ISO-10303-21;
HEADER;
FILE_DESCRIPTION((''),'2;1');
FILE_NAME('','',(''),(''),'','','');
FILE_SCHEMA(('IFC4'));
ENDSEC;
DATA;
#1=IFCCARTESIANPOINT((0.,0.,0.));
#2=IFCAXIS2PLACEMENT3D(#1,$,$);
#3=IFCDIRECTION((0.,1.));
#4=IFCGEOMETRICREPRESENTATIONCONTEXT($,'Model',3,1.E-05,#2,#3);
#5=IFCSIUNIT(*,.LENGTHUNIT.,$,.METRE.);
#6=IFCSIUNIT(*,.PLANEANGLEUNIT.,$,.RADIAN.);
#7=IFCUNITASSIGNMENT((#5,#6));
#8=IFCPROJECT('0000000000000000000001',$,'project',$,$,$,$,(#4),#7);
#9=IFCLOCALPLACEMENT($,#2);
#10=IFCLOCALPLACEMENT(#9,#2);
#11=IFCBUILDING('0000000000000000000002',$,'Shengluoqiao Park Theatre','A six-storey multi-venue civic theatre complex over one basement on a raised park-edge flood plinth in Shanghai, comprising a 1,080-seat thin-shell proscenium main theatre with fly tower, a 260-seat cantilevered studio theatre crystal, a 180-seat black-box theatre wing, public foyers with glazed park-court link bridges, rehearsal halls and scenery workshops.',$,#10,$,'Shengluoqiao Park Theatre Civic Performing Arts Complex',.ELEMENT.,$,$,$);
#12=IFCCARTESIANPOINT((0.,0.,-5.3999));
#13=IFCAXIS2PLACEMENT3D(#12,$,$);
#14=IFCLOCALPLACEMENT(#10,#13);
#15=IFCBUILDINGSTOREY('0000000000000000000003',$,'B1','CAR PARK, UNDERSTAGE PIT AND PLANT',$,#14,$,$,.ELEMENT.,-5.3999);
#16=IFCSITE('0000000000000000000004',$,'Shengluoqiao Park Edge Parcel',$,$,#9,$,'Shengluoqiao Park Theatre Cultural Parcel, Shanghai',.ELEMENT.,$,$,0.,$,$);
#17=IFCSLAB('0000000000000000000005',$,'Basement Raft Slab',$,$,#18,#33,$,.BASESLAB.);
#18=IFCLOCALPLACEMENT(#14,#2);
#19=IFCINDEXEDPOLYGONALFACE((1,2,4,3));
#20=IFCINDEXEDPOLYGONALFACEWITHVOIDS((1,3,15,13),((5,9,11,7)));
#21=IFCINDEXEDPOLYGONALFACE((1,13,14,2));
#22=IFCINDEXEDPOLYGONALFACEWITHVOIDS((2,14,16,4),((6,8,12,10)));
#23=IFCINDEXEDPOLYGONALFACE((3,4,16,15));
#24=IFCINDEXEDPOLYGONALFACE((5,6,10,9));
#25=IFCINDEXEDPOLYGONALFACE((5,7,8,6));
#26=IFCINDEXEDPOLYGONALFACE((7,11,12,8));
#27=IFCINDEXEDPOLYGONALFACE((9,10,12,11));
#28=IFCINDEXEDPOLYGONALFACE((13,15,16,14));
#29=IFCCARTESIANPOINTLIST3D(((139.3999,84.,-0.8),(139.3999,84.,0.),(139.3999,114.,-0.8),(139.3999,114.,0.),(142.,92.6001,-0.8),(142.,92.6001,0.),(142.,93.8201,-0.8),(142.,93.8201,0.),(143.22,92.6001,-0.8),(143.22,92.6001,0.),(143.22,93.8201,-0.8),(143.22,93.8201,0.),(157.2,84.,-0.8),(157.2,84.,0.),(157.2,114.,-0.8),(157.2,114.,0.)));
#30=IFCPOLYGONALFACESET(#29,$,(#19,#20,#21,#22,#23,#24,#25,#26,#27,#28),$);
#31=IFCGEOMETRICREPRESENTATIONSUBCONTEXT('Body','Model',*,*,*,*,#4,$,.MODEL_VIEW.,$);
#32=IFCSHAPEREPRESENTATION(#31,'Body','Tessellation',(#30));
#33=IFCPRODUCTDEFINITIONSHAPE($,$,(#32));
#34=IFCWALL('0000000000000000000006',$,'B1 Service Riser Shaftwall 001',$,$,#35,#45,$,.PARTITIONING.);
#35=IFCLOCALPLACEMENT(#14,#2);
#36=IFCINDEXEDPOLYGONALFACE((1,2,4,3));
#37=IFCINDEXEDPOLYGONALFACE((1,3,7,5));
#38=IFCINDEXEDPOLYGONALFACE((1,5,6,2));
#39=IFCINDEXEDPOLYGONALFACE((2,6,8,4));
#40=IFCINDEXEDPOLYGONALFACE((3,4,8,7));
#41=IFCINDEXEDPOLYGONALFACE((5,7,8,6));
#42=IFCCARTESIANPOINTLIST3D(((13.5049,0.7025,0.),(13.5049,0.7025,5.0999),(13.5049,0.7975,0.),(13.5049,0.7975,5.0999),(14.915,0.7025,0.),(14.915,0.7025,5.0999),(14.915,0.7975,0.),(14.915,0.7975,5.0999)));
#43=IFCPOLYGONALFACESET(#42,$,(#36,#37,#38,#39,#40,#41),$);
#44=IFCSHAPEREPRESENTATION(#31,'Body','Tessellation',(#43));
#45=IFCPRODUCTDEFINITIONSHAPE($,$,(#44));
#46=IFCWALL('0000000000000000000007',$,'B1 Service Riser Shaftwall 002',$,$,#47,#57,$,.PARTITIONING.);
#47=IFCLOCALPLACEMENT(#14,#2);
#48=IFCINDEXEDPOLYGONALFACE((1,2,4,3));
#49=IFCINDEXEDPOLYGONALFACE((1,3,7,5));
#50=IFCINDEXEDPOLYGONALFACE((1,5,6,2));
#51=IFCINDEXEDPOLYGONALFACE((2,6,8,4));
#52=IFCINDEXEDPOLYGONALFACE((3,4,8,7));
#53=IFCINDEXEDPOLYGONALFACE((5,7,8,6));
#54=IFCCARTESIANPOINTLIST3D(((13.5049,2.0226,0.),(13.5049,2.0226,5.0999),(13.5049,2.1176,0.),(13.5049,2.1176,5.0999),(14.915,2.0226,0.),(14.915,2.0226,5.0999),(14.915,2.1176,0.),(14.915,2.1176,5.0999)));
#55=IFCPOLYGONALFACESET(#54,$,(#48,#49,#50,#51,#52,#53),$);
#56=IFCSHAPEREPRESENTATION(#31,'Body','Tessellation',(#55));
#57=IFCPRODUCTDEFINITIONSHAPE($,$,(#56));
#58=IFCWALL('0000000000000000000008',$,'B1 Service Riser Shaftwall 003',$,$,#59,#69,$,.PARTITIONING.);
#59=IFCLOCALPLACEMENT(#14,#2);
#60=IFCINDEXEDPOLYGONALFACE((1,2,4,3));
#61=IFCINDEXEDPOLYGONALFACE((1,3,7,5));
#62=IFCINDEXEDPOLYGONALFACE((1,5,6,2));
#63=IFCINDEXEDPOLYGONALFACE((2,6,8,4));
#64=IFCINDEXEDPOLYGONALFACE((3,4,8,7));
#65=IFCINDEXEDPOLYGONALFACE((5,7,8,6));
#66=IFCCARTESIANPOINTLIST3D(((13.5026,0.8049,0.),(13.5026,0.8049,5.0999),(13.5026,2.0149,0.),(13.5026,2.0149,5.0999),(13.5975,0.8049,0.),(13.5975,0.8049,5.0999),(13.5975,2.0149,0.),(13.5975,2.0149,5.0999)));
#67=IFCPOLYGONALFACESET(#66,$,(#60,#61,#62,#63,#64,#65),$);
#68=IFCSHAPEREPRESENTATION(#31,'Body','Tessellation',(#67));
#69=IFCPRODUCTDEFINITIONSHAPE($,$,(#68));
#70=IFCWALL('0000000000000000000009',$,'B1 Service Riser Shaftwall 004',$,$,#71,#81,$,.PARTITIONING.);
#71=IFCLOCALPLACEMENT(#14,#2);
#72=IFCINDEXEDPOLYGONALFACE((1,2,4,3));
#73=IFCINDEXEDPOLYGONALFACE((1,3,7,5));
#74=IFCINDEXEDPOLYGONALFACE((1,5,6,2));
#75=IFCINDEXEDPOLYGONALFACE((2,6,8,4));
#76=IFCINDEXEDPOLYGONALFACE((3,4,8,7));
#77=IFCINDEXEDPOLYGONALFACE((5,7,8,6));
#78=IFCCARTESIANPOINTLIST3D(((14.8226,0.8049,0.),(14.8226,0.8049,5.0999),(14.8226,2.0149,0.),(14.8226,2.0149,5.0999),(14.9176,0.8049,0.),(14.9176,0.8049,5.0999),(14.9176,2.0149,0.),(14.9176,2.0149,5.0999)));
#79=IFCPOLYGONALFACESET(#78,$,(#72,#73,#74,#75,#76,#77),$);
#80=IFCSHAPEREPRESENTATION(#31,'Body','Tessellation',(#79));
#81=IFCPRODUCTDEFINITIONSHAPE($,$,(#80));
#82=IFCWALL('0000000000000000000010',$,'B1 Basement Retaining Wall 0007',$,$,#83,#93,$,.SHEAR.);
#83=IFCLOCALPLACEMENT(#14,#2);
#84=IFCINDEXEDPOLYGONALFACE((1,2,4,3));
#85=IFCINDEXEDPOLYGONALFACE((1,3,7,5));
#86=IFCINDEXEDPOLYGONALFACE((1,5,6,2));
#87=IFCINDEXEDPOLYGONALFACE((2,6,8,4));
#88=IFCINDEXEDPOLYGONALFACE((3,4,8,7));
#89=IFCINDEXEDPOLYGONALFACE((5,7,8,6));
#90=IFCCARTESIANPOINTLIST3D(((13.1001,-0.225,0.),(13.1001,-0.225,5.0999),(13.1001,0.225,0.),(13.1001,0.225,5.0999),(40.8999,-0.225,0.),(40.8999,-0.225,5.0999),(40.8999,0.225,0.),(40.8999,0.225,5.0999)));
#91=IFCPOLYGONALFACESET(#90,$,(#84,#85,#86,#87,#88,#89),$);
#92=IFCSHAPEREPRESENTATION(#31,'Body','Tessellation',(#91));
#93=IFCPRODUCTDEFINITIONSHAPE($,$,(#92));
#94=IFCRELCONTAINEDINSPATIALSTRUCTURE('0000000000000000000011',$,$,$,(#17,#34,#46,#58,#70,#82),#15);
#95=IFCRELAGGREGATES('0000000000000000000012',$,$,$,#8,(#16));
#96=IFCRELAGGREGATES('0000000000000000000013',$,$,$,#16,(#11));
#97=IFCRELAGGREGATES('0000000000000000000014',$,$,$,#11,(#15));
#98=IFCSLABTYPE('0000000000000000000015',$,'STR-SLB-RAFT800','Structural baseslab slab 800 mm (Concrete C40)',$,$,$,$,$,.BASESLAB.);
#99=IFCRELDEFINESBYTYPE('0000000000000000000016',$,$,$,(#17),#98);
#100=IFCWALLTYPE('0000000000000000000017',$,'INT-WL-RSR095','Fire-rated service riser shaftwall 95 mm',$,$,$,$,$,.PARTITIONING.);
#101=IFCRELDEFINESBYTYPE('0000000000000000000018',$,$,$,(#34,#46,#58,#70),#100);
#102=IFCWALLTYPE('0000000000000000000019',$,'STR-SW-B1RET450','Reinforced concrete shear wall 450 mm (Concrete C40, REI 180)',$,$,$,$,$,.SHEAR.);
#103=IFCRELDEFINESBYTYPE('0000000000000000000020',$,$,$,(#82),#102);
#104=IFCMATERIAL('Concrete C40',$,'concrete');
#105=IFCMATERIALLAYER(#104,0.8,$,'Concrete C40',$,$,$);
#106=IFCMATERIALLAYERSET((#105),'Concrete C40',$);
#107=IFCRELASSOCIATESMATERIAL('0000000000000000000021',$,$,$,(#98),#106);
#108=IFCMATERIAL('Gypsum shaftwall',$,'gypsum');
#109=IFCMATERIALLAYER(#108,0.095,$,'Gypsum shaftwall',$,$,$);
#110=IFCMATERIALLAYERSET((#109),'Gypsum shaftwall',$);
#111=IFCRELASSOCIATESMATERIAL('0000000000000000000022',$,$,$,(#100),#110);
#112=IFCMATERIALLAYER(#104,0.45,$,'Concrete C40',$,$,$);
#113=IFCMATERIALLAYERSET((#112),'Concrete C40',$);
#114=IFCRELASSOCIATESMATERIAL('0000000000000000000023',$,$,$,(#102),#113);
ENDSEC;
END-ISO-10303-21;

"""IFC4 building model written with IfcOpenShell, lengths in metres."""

from ifc_helpers import new_model, si_unit, direction, frame, frame_2d, origin, place, context, subcontext, project, spatial, polyline, rectangle, outline, extrude, material, layer, layer_set, type_object, element, save


model = new_model("IFC4")

# Units and contexts
model_context = context("Model", 3, precision=1e-05, world=origin(), true_north=direction((0.0, 1.0)))
body_context = subcontext(model_context, "Body", "Model", "MODEL_VIEW")
ifc_project = project(units=[si_unit("LENGTHUNIT", "METRE"), si_unit("PLANEANGLEUNIT", "RADIAN")], contexts=[model_context])

# Site, building, storey
site_placement = place(None, origin())
site = spatial("IfcSite", under=ifc_project, at=site_placement, Name="Shengluoqiao Park Edge Parcel", LongName="Shengluoqiao Park Theatre Cultural Parcel, Shanghai", CompositionType="ELEMENT", RefElevation=0.0)
building_placement = place(site_placement, origin())
building = spatial("IfcBuilding", under=site, at=building_placement, Name="Shengluoqiao Park Theatre", Description="A six-storey multi-venue civic theatre complex over one basement on a raised park-edge flood plinth in Shanghai, comprising a 1,080-seat thin-shell proscenium main theatre with fly tower, a 260-seat cantilevered studio theatre crystal, a 180-seat black-box theatre wing, public foyers with glazed park-court link bridges, rehearsal halls and scenery workshops.", LongName="Shengluoqiao Park Theatre Civic Performing Arts Complex", CompositionType="ELEMENT")
storey_placement = place(building_placement, frame((0.0, 0.0, -5.3999)))
storey = spatial("IfcBuildingStorey", under=building, at=storey_placement, Name="B1", Description="CAR PARK, UNDERSTAGE PIT AND PLANT", CompositionType="ELEMENT", Elevation=-5.3999)

# Shared definitions
ifc_material_1 = material(Name="Concrete C40", Category="concrete")

# Slab
ifc_layer_1 = layer(ifc_material_1, 0.8, Name="Concrete C40")
ifc_layer_set_1 = layer_set([ifc_layer_1], Name="Concrete C40")
slab_type_1 = type_object("IfcSlabType", Name="STR-SLB-RAFT800", Description="Structural baseslab slab 800 mm (Concrete C40)", PredefinedType="BASESLAB", material=ifc_layer_set_1)
slab_1_placement = place(storey_placement, frame((0.0, 0.0, -0.8)))
element("IfcSlab", 1, at=slab_1_placement, inside=storey, type_object=slab_type_1, Name="Basement Raft Slab", PredefinedType="BASESLAB", context=body_context, shape_type="SweptSolid", body=[
    extrude(outline(polyline([(139.3999, 84.0), (139.3999, 114.0), (157.2, 114.0), (157.2, 84.0), (139.3999, 84.0)]), holes=[polyline([(142.0, 92.6001), (143.22, 92.6001), (143.22, 93.8201), (142.0, 93.8201), (142.0, 92.6001)])]), origin(), (0.0, 0.0, 1.0), 0.8),
])

# Walls
ifc_material_2 = material(Name="Gypsum shaftwall", Category="gypsum")
ifc_layer_2 = layer(ifc_material_2, 0.095, Name="Gypsum shaftwall")
ifc_layer_set_2 = layer_set([ifc_layer_2], Name="Gypsum shaftwall")
wall_type_1 = type_object("IfcWallType", Name="INT-WL-RSR095", Description="Fire-rated service riser shaftwall 95 mm", PredefinedType="PARTITIONING", material=ifc_layer_set_2)
for number, where, z_axis, x_axis, name in (
    (2, (13.5049, 0.75, 0.0), (0.0, 0.0, 1.0), (1.0, 0.0, 0.0), "B1 Service Riser Shaftwall 001"),
    (3, (13.5049, 2.0701, 0.0), (0.0, 0.0, 1.0), (1.0, 0.0, 0.0), "B1 Service Riser Shaftwall 002"),
):
    element("IfcWall", number, at=place(storey_placement, frame(where, z_axis=z_axis, x_axis=x_axis)), inside=storey, type_object=wall_type_1, Name=name, PredefinedType="PARTITIONING", context=body_context, shape_type="SweptSolid", body=[
        extrude(rectangle(XDim=1.4102, YDim=0.095, at=frame_2d((0.7051, 0.0))), origin(), (0.0, 0.0, 1.0), 5.0999),
    ])
for number, where, z_axis, x_axis, name in (
    (4, (13.55, 0.8049, 0.0), (0.0, 0.0, 1.0), (0.0, 1.0, 0.0), "B1 Service Riser Shaftwall 003"),
    (5, (14.8701, 0.8049, 0.0), (0.0, 0.0, 1.0), (0.0, 1.0, 0.0), "B1 Service Riser Shaftwall 004"),
):
    element("IfcWall", number, at=place(storey_placement, frame(where, z_axis=z_axis, x_axis=x_axis)), inside=storey, type_object=wall_type_1, Name=name, PredefinedType="PARTITIONING", context=body_context, shape_type="SweptSolid", body=[
        extrude(rectangle(XDim=1.21, YDim=0.095, at=frame_2d((0.605, 0.0))), origin(), (0.0, 0.0, 1.0), 5.0999),
    ])
ifc_layer_3 = layer(ifc_material_1, 0.45, Name="Concrete C40")
ifc_layer_set_3 = layer_set([ifc_layer_3], Name="Concrete C40")
wall_type_2 = type_object("IfcWallType", Name="STR-SW-B1RET450", Description="Reinforced concrete shear wall 450 mm (Concrete C40, REI 180)", PredefinedType="SHEAR", material=ifc_layer_set_3)
wall_placement = place(storey_placement, frame((13.1001, 0.0, 0.0), z_axis=(0.0, 0.0, 1.0), x_axis=(1.0, 0.0, 0.0)))
element("IfcWall", 6, at=wall_placement, inside=storey, type_object=wall_type_2, Name="B1 Basement Retaining Wall 0007", PredefinedType="SHEAR", context=body_context, shape_type="SweptSolid", body=[
    extrude(rectangle(XDim=27.7998, YDim=0.45, at=frame_2d((13.8999, 0.0))), origin(), (0.0, 0.0, 1.0), 5.0999),
])

save(model, "model.ifc")
